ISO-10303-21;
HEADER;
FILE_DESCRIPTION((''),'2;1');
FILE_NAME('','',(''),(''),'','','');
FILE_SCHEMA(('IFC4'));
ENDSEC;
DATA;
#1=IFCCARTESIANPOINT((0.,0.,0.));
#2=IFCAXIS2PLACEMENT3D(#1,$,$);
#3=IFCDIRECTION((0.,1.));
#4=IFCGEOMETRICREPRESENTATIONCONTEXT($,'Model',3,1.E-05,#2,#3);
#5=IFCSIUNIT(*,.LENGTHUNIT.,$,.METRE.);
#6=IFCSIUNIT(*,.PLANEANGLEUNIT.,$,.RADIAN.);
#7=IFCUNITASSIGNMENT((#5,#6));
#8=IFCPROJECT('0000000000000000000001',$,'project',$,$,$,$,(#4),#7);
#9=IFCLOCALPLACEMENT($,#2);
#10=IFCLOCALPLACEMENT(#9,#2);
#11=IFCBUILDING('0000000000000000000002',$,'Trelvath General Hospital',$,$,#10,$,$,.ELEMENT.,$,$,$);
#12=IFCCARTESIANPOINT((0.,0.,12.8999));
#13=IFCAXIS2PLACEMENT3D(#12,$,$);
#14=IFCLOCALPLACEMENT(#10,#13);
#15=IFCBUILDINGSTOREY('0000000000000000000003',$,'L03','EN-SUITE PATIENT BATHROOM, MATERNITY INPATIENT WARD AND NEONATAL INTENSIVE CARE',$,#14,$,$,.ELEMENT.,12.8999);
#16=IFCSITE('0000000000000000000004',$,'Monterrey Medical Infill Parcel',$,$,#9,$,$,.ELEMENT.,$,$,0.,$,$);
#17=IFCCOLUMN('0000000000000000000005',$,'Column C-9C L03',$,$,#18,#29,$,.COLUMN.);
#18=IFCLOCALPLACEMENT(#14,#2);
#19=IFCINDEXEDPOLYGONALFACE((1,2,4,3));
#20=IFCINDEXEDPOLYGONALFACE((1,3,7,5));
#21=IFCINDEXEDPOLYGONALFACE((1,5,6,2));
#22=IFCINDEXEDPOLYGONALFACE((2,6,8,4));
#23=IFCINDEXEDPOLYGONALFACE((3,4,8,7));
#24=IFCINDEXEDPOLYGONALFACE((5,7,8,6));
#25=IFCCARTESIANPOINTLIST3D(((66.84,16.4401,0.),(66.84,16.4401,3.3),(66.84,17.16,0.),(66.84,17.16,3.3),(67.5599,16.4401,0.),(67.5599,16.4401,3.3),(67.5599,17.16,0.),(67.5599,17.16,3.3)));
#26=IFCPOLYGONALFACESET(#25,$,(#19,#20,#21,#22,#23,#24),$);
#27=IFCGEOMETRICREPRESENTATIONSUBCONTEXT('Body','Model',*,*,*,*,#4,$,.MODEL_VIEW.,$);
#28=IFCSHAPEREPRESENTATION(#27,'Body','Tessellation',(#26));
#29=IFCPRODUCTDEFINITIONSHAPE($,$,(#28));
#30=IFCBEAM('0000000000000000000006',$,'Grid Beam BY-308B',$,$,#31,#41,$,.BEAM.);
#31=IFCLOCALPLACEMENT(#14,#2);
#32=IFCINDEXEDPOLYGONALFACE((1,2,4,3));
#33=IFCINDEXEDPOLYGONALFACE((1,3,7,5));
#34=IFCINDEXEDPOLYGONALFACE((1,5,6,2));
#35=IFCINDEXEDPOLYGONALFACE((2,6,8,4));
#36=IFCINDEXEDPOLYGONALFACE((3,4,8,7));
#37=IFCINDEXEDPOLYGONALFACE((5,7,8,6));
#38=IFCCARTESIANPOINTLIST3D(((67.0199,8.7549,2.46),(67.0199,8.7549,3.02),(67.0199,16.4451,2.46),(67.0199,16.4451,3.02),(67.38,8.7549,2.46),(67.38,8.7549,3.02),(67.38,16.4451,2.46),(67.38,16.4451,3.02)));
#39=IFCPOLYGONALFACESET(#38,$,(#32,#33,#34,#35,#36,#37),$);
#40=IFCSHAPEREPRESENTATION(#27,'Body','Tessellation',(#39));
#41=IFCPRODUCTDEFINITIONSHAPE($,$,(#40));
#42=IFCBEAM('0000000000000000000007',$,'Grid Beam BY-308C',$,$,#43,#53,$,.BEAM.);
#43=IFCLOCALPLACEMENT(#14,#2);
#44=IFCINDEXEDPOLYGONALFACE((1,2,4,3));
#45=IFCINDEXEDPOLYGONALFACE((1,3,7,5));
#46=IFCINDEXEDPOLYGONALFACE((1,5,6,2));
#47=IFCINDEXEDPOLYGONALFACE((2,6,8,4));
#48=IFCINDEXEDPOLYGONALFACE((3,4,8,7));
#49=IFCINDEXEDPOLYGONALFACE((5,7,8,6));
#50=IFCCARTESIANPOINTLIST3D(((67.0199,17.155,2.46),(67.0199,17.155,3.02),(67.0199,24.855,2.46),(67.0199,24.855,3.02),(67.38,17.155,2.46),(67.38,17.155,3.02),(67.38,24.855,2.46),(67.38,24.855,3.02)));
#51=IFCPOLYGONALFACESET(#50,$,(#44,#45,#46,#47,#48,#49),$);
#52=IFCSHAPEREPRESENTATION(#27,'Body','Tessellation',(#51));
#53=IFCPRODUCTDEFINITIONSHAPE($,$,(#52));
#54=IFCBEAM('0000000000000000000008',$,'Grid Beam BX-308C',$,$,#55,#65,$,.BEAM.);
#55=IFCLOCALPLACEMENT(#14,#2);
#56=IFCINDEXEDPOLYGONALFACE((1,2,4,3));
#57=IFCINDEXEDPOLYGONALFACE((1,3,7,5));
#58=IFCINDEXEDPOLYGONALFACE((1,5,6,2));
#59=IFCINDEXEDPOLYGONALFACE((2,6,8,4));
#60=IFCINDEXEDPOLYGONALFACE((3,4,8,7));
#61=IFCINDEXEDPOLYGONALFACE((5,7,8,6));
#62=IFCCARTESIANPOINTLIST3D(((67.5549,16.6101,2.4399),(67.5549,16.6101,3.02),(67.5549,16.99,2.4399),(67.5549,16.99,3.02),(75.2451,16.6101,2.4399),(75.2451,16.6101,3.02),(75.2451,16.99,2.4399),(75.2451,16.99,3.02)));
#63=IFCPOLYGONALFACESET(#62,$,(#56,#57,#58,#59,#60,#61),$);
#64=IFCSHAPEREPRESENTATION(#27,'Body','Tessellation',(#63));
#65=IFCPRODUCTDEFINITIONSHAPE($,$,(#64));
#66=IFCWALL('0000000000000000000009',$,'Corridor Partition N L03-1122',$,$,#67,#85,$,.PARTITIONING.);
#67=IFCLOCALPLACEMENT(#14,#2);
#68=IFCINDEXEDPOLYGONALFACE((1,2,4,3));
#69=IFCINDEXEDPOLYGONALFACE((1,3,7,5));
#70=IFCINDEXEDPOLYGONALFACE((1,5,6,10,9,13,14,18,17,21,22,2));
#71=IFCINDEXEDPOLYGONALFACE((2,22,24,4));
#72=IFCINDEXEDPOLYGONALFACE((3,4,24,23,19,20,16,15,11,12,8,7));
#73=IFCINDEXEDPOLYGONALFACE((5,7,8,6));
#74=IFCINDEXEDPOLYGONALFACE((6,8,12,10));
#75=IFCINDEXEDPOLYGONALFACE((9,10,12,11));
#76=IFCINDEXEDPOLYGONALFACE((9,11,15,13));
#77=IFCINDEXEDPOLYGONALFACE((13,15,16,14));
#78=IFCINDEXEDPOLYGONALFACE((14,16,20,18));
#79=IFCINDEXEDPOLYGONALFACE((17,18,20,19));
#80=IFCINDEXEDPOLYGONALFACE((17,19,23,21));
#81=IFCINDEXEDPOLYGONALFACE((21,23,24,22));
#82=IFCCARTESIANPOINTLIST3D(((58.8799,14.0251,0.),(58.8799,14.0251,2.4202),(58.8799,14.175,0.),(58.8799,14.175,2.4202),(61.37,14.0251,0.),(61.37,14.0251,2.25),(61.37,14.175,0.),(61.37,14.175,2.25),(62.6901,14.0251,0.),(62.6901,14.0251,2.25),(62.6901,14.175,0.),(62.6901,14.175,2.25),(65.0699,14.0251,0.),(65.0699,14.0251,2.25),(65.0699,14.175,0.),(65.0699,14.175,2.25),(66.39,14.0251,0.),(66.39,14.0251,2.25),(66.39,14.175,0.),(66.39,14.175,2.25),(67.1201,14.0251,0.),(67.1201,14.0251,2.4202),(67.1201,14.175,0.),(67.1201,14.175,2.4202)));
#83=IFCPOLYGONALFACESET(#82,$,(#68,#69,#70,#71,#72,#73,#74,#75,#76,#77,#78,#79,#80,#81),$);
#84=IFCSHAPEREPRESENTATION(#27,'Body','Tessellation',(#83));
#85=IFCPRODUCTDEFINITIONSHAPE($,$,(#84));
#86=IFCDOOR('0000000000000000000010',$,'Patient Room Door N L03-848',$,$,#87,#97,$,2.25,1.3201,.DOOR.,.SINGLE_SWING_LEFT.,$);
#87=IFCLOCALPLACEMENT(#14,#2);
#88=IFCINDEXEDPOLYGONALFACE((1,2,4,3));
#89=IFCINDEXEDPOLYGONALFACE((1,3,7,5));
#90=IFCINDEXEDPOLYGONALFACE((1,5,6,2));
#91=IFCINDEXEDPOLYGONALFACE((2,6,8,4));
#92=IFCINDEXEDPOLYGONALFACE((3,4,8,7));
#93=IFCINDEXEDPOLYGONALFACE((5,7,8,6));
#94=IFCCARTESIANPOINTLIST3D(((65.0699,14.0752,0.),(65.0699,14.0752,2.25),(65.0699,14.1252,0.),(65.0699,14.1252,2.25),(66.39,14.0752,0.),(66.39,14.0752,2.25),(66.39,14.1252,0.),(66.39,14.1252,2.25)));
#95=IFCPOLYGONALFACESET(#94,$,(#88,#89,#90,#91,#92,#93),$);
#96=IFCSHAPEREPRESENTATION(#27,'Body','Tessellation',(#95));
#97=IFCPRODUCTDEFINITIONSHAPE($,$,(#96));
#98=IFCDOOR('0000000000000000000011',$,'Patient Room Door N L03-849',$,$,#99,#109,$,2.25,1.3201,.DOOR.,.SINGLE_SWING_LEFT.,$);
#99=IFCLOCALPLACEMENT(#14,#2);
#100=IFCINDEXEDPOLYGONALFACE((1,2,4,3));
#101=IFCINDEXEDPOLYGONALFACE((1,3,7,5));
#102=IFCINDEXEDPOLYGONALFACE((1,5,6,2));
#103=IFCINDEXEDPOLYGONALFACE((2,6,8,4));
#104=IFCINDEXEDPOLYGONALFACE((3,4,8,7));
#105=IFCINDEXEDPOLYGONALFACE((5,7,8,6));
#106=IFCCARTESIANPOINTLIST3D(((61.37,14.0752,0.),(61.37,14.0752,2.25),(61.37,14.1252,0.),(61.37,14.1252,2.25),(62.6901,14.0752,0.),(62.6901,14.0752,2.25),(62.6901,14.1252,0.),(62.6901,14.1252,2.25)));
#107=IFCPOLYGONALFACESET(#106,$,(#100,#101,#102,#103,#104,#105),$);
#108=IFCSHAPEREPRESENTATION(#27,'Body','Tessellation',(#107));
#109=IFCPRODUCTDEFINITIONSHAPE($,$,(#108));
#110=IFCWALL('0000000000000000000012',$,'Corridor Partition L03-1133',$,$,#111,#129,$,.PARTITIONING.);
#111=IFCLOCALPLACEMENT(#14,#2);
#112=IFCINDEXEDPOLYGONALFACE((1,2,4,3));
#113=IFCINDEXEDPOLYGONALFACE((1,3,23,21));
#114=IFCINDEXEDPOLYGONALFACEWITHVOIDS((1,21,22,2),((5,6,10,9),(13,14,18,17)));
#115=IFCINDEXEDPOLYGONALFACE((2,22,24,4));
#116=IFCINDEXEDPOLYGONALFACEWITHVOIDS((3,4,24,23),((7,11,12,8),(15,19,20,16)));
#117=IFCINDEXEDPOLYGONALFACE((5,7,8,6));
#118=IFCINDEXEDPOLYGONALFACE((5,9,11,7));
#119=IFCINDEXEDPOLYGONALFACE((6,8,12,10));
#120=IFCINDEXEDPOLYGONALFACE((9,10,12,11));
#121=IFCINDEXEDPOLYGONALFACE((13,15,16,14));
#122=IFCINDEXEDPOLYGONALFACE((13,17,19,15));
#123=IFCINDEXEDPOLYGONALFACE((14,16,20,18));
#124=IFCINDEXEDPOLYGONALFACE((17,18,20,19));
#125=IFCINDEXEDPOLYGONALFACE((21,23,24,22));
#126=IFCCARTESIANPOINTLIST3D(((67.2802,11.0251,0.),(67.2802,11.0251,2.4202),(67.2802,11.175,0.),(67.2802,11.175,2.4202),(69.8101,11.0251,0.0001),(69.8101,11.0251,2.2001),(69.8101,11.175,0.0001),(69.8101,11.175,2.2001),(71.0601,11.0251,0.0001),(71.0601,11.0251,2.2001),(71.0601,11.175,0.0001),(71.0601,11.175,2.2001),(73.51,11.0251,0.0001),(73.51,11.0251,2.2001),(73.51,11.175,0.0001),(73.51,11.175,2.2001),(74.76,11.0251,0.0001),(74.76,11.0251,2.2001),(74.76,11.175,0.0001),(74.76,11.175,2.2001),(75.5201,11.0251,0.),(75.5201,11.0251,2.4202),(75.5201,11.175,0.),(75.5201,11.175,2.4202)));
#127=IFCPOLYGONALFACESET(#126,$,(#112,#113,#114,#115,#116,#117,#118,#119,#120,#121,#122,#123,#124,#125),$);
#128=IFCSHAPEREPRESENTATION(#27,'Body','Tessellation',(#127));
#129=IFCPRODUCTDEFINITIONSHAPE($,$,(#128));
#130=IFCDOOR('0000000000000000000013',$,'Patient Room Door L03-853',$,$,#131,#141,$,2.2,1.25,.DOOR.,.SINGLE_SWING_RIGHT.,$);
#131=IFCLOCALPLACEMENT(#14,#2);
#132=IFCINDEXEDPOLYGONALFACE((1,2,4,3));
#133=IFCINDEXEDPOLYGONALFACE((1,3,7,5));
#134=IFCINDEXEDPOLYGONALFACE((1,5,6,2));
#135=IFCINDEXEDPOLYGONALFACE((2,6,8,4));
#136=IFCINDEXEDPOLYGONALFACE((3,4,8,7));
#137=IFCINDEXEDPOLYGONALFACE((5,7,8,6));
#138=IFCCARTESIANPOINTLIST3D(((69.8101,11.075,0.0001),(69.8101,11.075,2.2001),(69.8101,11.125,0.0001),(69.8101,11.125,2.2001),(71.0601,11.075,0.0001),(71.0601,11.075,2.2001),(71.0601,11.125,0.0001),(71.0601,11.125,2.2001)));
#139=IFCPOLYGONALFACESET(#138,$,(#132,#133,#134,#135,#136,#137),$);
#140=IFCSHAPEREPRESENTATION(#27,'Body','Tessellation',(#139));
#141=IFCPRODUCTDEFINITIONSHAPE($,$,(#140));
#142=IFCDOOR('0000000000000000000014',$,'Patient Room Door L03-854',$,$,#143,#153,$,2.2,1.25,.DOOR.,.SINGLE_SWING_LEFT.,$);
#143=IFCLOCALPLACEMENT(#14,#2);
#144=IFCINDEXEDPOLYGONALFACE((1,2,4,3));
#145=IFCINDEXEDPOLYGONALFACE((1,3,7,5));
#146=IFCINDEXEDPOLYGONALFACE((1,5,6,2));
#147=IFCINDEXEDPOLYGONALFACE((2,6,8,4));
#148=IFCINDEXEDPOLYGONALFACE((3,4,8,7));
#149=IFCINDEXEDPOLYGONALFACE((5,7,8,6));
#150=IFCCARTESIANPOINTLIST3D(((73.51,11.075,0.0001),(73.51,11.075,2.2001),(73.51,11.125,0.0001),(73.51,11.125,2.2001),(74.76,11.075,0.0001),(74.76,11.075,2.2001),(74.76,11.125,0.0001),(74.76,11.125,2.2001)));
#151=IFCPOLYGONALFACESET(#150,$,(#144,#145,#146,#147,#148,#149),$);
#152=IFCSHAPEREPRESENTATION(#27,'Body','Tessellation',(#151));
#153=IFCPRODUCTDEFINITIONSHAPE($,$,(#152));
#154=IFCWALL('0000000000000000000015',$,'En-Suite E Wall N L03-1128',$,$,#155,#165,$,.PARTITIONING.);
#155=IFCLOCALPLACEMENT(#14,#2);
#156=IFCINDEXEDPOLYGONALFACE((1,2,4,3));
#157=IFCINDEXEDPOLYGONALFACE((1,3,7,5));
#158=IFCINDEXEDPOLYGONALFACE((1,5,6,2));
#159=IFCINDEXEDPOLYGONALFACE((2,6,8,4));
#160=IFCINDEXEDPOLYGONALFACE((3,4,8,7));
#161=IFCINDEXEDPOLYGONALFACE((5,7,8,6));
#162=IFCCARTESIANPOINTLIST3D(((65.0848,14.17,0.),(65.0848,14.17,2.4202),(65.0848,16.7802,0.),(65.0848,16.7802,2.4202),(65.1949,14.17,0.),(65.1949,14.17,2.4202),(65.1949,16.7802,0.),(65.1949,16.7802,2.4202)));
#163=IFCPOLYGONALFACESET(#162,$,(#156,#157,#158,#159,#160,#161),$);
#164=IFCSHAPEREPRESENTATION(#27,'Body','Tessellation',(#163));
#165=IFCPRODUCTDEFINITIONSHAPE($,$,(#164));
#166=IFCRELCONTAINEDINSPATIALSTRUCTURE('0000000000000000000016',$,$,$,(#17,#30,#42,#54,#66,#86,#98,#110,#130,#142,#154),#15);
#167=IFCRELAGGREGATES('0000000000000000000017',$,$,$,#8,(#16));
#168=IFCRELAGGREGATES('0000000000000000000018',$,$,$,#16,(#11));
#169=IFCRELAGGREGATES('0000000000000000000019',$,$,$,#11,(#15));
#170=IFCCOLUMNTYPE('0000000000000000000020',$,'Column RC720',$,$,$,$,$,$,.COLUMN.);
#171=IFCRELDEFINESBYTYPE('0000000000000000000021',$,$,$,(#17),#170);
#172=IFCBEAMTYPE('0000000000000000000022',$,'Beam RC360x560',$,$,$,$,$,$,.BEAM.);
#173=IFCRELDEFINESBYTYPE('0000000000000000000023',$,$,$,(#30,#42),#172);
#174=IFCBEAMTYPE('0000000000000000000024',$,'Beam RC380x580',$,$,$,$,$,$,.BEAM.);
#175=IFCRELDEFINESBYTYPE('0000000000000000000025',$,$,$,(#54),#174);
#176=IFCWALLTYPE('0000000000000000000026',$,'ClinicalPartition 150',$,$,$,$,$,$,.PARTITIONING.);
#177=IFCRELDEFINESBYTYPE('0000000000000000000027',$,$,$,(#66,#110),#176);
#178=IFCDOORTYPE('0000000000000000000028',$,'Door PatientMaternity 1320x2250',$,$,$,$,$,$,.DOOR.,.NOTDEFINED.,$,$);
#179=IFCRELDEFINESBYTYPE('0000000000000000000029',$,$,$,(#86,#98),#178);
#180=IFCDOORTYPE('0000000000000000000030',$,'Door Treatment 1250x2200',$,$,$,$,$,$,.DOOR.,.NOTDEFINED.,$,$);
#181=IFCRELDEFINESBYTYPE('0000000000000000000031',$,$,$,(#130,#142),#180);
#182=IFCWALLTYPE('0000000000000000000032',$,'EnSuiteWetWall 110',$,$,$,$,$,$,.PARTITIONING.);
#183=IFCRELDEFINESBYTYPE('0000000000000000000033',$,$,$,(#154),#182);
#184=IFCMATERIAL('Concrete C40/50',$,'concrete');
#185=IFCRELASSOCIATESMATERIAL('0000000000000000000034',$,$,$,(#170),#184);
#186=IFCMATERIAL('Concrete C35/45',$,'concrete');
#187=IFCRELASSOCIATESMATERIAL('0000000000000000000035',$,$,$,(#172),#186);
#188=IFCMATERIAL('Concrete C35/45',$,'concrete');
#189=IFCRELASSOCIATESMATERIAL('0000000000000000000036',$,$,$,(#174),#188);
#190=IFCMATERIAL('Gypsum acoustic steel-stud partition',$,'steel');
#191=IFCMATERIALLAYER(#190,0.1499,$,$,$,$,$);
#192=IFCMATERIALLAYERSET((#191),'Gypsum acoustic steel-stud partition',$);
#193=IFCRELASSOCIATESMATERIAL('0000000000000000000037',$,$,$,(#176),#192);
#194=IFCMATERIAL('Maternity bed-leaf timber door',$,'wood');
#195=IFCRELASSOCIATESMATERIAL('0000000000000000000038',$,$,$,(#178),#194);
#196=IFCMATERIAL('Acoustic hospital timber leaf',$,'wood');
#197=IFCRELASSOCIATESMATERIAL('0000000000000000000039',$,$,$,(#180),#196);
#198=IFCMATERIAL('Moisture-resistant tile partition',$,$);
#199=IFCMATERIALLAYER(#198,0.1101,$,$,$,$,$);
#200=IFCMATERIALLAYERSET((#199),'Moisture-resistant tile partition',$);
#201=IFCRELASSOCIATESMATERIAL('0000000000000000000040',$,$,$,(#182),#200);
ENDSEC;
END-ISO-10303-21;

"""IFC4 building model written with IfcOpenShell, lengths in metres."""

from ifc_helpers import new_model, si_unit, direction, frame, frame_2d, origin, origin_2d, place, context, subcontext, project, spatial, rectangle, extrude, material, layer, layer_set, material_profile, profile_set, type_object, element, fill, save


model = new_model("IFC4")

# Units and contexts
model_context = context("Model", 3, precision=1e-05, world=origin(), true_north=direction((0.0, 1.0)))
body_context = subcontext(model_context, "Body", "Model", "MODEL_VIEW")
ifc_project = project(units=[si_unit("LENGTHUNIT", "METRE"), si_unit("PLANEANGLEUNIT", "RADIAN")], contexts=[model_context])

# Site, building, storey
site_placement = place(None, origin())
site = spatial("IfcSite", under=ifc_project, at=site_placement, Name="Monterrey Medical Infill Parcel", CompositionType="ELEMENT", RefElevation=0.0)
building_placement = place(site_placement, origin())
building = spatial("IfcBuilding", under=site, at=building_placement, Name="Trelvath General Hospital", CompositionType="ELEMENT")
storey_placement = place(building_placement, frame((0.0, 0.0, 12.8999)))
storey = spatial("IfcBuildingStorey", under=building, at=storey_placement, Name="L03", Description="EN-SUITE PATIENT BATHROOM, MATERNITY INPATIENT WARD AND NEONATAL INTENSIVE CARE", CompositionType="ELEMENT", Elevation=12.8999)

# Column
ifc_material_1 = material(Name="Concrete C40/50", Category="concrete")
ifc_material_profile_1 = material_profile(ifc_material_1, rectangle(XDim=0.72, YDim=0.72, at=origin_2d()), Name="RC720x720")
ifc_profile_set_1 = profile_set([ifc_material_profile_1], Name="Concrete C40/50")
column_type = type_object("IfcColumnType", Name="Column RC720", PredefinedType="COLUMN", material=ifc_profile_set_1)
column_placement = place(storey_placement, frame((67.2, 16.8, 0.0), z_axis=(0.0, 0.0, 1.0), x_axis=(1.0, 0.0, 0.0)))
element("IfcColumn", 1, at=column_placement, inside=storey, type_object=column_type, Name="Column C-9C L03", PredefinedType="COLUMN", context=body_context, shape_type="SweptSolid", body=[
    extrude(rectangle(XDim=0.72, YDim=0.72, at=origin_2d()), origin(), (0.0, 0.0, 1.0), 3.3),
])

# Beams
ifc_material_2 = material(Name="Concrete C35/45", Category="concrete")
ifc_material_profile_2 = material_profile(ifc_material_2, rectangle(XDim=0.3601, YDim=0.5601, at=origin_2d()), Name="RCB360x560")
ifc_profile_set_2 = profile_set([ifc_material_profile_2], Name="Concrete C35/45")
beam_type_1 = type_object("IfcBeamType", Name="Beam RC360x560", PredefinedType="BEAM", material=ifc_profile_set_2)
beam_1_placement = place(storey_placement, frame((67.2, 8.7549, 2.74), z_axis=(0.0, 1.0, 0.0), x_axis=(-1.0, 0.0, 0.0)))
element("IfcBeam", 2, at=beam_1_placement, inside=storey, type_object=beam_type_1, Name="Grid Beam BY-308B", PredefinedType="BEAM", context=body_context, shape_type="SweptSolid", body=[
    extrude(rectangle(XDim=0.3601, YDim=0.5601, at=origin_2d()), origin(), (0.0, 0.0, 1.0), 7.6902),
])
beam_2_placement = place(storey_placement, frame((67.2, 17.155, 2.74), z_axis=(0.0, 1.0, 0.0), x_axis=(-1.0, 0.0, 0.0)))
element("IfcBeam", 3, at=beam_2_placement, inside=storey, type_object=beam_type_1, Name="Grid Beam BY-308C", PredefinedType="BEAM", context=body_context, shape_type="SweptSolid", body=[
    extrude(rectangle(XDim=0.3601, YDim=0.5601, at=origin_2d()), origin(), (0.0, 0.0, 1.0), 7.7),
])
ifc_material_3 = material(Name="Concrete C35/45", Category="concrete")
ifc_material_profile_3 = material_profile(ifc_material_3, rectangle(XDim=0.3799, YDim=0.5801, at=origin_2d()), Name="RCB380x580")
ifc_profile_set_3 = profile_set([ifc_material_profile_3], Name="Concrete C35/45")
beam_type_2 = type_object("IfcBeamType", Name="Beam RC380x580", PredefinedType="BEAM", material=ifc_profile_set_3)
beam_3_placement = place(storey_placement, frame((67.5549, 16.8, 2.73), z_axis=(1.0, 0.0, 0.0), x_axis=(0.0, 1.0, 0.0)))
element("IfcBeam", 4, at=beam_3_placement, inside=storey, type_object=beam_type_2, Name="Grid Beam BX-308C", PredefinedType="BEAM", context=body_context, shape_type="SweptSolid", body=[
    extrude(rectangle(XDim=0.3799, YDim=0.5801, at=origin_2d()), origin(), (0.0, 0.0, 1.0), 7.6902),
])

# Walls, openings, doors
ifc_material_4 = material(Name="Gypsum acoustic steel-stud partition", Category="steel")
ifc_layer_1 = layer(ifc_material_4, 0.1499)
ifc_layer_set_1 = layer_set([ifc_layer_1], Name="Gypsum acoustic steel-stud partition")
wall_type_1 = type_object("IfcWallType", Name="ClinicalPartition 150", PredefinedType="PARTITIONING", material=ifc_layer_set_1)
wall_1_placement = place(storey_placement, frame((67.1201, 14.1001, 0.0), z_axis=(0.0, 0.0, 1.0), x_axis=(-1.0, 0.0, 0.0)))
wall_1 = element("IfcWall", 5, at=wall_1_placement, inside=storey, type_object=wall_type_1, Name="Corridor Partition N L03-1122", PredefinedType="PARTITIONING", context=body_context, shape_type="SweptSolid", body=[
    extrude(rectangle(XDim=8.2402, YDim=0.1499, at=frame_2d((4.1201, 0.0))), origin(), (0.0, 0.0, 1.0), 2.4202),
])
opening_1_placement = place(wall_1_placement, frame((0.73, 0.0, 0.0)))
opening_1 = element("IfcOpeningElement", 6, at=opening_1_placement, cuts=wall_1, PredefinedType="OPENING", context=body_context, shape_type="SweptSolid", body=[
    extrude(rectangle(XDim=1.3201, YDim=2.25, at=frame_2d((0.6602, 1.125))), frame((0.0, 0.085, 0.0), z_axis=(0.0, -1.0, 0.0), x_axis=(1.0, 0.0, 0.0)), (0.0, 0.0, 1.0), 0.1699),
])
opening_2_placement = place(wall_1_placement, frame((4.4299, 0.0, 0.0)))
opening_2 = element("IfcOpeningElement", 7, at=opening_2_placement, cuts=wall_1, PredefinedType="OPENING", context=body_context, shape_type="SweptSolid", body=[
    extrude(rectangle(XDim=1.3201, YDim=2.25, at=frame_2d((0.6602, 1.125))), frame((0.0, 0.085, 0.0), z_axis=(0.0, -1.0, 0.0), x_axis=(1.0, 0.0, 0.0)), (0.0, 0.0, 1.0), 0.1699),
])
ifc_material_5 = material(Name="Maternity bed-leaf timber door", Category="wood")
door_type_1 = type_object("IfcDoorType", Name="Door PatientMaternity 1320x2250", OperationType="NOTDEFINED", PredefinedType="DOOR", material=ifc_material_5)
door_1_placement = place(opening_1_placement, origin())
door_1 = element("IfcDoor", 8, at=door_1_placement, inside=storey, type_object=door_type_1, Name="Patient Room Door N L03-848", OperationType="SINGLE_SWING_LEFT", OverallHeight=2.25, OverallWidth=1.3201, PredefinedType="DOOR", context=body_context, shape_type="SweptSolid", body=[
    extrude(rectangle(XDim=1.3201, YDim=2.25, at=frame_2d((0.6602, 1.125))), frame((0.0, 0.0249, 0.0), z_axis=(0.0, -1.0, 0.0), x_axis=(1.0, 0.0, 0.0)), (0.0, 0.0, 1.0), 0.05),
])
fill(opening_1, door_1)
door_2_placement = place(opening_2_placement, origin())
door_2 = element("IfcDoor", 9, at=door_2_placement, inside=storey, type_object=door_type_1, Name="Patient Room Door N L03-849", OperationType="SINGLE_SWING_LEFT", OverallHeight=2.25, OverallWidth=1.3201, PredefinedType="DOOR", context=body_context, shape_type="SweptSolid", body=[
    extrude(rectangle(XDim=1.3201, YDim=2.25, at=frame_2d((0.6602, 1.125))), frame((0.0, 0.0249, 0.0), z_axis=(0.0, -1.0, 0.0), x_axis=(1.0, 0.0, 0.0)), (0.0, 0.0, 1.0), 0.05),
])
fill(opening_2, door_2)
wall_2_placement = place(storey_placement, frame((67.28, 11.1001, 0.0), z_axis=(0.0, 0.0, 1.0), x_axis=(1.0, 0.0, 0.0)))
wall_2 = element("IfcWall", 10, at=wall_2_placement, inside=storey, type_object=wall_type_1, Name="Corridor Partition L03-1133", PredefinedType="PARTITIONING", context=body_context, shape_type="SweptSolid", body=[
    extrude(rectangle(XDim=8.24, YDim=0.1499, at=frame_2d((4.1201, 0.0))), origin(), (0.0, 0.0, 1.0), 2.4202),
])
opening_3_placement = place(wall_2_placement, frame((2.53, 0.0, 0.0)))
opening_3 = element("IfcOpeningElement", 11, at=opening_3_placement, cuts=wall_2, PredefinedType="OPENING", context=body_context, shape_type="SweptSolid", body=[
    extrude(rectangle(XDim=1.25, YDim=2.2, at=frame_2d((0.625, 1.1001))), frame((0.0, 0.085, 0.0), z_axis=(0.0, -1.0, 0.0), x_axis=(1.0, 0.0, 0.0)), (0.0, 0.0, 1.0), 0.1699),
])
opening_4_placement = place(wall_2_placement, frame((6.23, 0.0, 0.0)))
opening_4 = element("IfcOpeningElement", 12, at=opening_4_placement, cuts=wall_2, PredefinedType="OPENING", context=body_context, shape_type="SweptSolid", body=[
    extrude(rectangle(XDim=1.25, YDim=2.2, at=frame_2d((0.625, 1.1001))), frame((0.0, 0.085, 0.0), z_axis=(0.0, -1.0, 0.0), x_axis=(1.0, 0.0, 0.0)), (0.0, 0.0, 1.0), 0.1699),
])
ifc_material_6 = material(Name="Acoustic hospital timber leaf", Category="wood")
door_type_2 = type_object("IfcDoorType", Name="Door Treatment 1250x2200", OperationType="NOTDEFINED", PredefinedType="DOOR", material=ifc_material_6)
door_3_placement = place(opening_3_placement, origin())
door_3 = element("IfcDoor", 13, at=door_3_placement, inside=storey, type_object=door_type_2, Name="Patient Room Door L03-853", OperationType="SINGLE_SWING_RIGHT", OverallHeight=2.2, OverallWidth=1.25, PredefinedType="DOOR", context=body_context, shape_type="SweptSolid", body=[
    extrude(rectangle(XDim=1.25, YDim=2.2, at=frame_2d((0.625, 1.1001))), frame((0.0, 0.0249, 0.0), z_axis=(0.0, -1.0, 0.0), x_axis=(1.0, 0.0, 0.0)), (0.0, 0.0, 1.0), 0.05),
])
fill(opening_3, door_3)
door_4_placement = place(opening_4_placement, origin())
door_4 = element("IfcDoor", 14, at=door_4_placement, inside=storey, type_object=door_type_2, Name="Patient Room Door L03-854", OperationType="SINGLE_SWING_LEFT", OverallHeight=2.2, OverallWidth=1.25, PredefinedType="DOOR", context=body_context, shape_type="SweptSolid", body=[
    extrude(rectangle(XDim=1.25, YDim=2.2, at=frame_2d((0.625, 1.1001))), frame((0.0, 0.0249, 0.0), z_axis=(0.0, -1.0, 0.0), x_axis=(1.0, 0.0, 0.0)), (0.0, 0.0, 1.0), 0.05),
])
fill(opening_4, door_4)

# Wall
ifc_material_7 = material(Name="Moisture-resistant tile partition")
ifc_layer_2 = layer(ifc_material_7, 0.1101)
ifc_layer_set_2 = layer_set([ifc_layer_2], Name="Moisture-resistant tile partition")
wall_type_2 = type_object("IfcWallType", Name="EnSuiteWetWall 110", PredefinedType="PARTITIONING", material=ifc_layer_set_2)
wall_3_placement = place(storey_placement, frame((65.1399, 14.1699, 0.0), z_axis=(0.0, 0.0, 1.0), x_axis=(0.0, 1.0, 0.0)))
element("IfcWall", 15, at=wall_3_placement, inside=storey, type_object=wall_type_2, Name="En-Suite E Wall N L03-1128", PredefinedType="PARTITIONING", context=body_context, shape_type="SweptSolid", body=[
    extrude(rectangle(XDim=2.6101, YDim=0.1101, at=frame_2d((1.3052, 0.0))), origin(), (0.0, 0.0, 1.0), 2.4202),
])

save(model, "model.ifc")
